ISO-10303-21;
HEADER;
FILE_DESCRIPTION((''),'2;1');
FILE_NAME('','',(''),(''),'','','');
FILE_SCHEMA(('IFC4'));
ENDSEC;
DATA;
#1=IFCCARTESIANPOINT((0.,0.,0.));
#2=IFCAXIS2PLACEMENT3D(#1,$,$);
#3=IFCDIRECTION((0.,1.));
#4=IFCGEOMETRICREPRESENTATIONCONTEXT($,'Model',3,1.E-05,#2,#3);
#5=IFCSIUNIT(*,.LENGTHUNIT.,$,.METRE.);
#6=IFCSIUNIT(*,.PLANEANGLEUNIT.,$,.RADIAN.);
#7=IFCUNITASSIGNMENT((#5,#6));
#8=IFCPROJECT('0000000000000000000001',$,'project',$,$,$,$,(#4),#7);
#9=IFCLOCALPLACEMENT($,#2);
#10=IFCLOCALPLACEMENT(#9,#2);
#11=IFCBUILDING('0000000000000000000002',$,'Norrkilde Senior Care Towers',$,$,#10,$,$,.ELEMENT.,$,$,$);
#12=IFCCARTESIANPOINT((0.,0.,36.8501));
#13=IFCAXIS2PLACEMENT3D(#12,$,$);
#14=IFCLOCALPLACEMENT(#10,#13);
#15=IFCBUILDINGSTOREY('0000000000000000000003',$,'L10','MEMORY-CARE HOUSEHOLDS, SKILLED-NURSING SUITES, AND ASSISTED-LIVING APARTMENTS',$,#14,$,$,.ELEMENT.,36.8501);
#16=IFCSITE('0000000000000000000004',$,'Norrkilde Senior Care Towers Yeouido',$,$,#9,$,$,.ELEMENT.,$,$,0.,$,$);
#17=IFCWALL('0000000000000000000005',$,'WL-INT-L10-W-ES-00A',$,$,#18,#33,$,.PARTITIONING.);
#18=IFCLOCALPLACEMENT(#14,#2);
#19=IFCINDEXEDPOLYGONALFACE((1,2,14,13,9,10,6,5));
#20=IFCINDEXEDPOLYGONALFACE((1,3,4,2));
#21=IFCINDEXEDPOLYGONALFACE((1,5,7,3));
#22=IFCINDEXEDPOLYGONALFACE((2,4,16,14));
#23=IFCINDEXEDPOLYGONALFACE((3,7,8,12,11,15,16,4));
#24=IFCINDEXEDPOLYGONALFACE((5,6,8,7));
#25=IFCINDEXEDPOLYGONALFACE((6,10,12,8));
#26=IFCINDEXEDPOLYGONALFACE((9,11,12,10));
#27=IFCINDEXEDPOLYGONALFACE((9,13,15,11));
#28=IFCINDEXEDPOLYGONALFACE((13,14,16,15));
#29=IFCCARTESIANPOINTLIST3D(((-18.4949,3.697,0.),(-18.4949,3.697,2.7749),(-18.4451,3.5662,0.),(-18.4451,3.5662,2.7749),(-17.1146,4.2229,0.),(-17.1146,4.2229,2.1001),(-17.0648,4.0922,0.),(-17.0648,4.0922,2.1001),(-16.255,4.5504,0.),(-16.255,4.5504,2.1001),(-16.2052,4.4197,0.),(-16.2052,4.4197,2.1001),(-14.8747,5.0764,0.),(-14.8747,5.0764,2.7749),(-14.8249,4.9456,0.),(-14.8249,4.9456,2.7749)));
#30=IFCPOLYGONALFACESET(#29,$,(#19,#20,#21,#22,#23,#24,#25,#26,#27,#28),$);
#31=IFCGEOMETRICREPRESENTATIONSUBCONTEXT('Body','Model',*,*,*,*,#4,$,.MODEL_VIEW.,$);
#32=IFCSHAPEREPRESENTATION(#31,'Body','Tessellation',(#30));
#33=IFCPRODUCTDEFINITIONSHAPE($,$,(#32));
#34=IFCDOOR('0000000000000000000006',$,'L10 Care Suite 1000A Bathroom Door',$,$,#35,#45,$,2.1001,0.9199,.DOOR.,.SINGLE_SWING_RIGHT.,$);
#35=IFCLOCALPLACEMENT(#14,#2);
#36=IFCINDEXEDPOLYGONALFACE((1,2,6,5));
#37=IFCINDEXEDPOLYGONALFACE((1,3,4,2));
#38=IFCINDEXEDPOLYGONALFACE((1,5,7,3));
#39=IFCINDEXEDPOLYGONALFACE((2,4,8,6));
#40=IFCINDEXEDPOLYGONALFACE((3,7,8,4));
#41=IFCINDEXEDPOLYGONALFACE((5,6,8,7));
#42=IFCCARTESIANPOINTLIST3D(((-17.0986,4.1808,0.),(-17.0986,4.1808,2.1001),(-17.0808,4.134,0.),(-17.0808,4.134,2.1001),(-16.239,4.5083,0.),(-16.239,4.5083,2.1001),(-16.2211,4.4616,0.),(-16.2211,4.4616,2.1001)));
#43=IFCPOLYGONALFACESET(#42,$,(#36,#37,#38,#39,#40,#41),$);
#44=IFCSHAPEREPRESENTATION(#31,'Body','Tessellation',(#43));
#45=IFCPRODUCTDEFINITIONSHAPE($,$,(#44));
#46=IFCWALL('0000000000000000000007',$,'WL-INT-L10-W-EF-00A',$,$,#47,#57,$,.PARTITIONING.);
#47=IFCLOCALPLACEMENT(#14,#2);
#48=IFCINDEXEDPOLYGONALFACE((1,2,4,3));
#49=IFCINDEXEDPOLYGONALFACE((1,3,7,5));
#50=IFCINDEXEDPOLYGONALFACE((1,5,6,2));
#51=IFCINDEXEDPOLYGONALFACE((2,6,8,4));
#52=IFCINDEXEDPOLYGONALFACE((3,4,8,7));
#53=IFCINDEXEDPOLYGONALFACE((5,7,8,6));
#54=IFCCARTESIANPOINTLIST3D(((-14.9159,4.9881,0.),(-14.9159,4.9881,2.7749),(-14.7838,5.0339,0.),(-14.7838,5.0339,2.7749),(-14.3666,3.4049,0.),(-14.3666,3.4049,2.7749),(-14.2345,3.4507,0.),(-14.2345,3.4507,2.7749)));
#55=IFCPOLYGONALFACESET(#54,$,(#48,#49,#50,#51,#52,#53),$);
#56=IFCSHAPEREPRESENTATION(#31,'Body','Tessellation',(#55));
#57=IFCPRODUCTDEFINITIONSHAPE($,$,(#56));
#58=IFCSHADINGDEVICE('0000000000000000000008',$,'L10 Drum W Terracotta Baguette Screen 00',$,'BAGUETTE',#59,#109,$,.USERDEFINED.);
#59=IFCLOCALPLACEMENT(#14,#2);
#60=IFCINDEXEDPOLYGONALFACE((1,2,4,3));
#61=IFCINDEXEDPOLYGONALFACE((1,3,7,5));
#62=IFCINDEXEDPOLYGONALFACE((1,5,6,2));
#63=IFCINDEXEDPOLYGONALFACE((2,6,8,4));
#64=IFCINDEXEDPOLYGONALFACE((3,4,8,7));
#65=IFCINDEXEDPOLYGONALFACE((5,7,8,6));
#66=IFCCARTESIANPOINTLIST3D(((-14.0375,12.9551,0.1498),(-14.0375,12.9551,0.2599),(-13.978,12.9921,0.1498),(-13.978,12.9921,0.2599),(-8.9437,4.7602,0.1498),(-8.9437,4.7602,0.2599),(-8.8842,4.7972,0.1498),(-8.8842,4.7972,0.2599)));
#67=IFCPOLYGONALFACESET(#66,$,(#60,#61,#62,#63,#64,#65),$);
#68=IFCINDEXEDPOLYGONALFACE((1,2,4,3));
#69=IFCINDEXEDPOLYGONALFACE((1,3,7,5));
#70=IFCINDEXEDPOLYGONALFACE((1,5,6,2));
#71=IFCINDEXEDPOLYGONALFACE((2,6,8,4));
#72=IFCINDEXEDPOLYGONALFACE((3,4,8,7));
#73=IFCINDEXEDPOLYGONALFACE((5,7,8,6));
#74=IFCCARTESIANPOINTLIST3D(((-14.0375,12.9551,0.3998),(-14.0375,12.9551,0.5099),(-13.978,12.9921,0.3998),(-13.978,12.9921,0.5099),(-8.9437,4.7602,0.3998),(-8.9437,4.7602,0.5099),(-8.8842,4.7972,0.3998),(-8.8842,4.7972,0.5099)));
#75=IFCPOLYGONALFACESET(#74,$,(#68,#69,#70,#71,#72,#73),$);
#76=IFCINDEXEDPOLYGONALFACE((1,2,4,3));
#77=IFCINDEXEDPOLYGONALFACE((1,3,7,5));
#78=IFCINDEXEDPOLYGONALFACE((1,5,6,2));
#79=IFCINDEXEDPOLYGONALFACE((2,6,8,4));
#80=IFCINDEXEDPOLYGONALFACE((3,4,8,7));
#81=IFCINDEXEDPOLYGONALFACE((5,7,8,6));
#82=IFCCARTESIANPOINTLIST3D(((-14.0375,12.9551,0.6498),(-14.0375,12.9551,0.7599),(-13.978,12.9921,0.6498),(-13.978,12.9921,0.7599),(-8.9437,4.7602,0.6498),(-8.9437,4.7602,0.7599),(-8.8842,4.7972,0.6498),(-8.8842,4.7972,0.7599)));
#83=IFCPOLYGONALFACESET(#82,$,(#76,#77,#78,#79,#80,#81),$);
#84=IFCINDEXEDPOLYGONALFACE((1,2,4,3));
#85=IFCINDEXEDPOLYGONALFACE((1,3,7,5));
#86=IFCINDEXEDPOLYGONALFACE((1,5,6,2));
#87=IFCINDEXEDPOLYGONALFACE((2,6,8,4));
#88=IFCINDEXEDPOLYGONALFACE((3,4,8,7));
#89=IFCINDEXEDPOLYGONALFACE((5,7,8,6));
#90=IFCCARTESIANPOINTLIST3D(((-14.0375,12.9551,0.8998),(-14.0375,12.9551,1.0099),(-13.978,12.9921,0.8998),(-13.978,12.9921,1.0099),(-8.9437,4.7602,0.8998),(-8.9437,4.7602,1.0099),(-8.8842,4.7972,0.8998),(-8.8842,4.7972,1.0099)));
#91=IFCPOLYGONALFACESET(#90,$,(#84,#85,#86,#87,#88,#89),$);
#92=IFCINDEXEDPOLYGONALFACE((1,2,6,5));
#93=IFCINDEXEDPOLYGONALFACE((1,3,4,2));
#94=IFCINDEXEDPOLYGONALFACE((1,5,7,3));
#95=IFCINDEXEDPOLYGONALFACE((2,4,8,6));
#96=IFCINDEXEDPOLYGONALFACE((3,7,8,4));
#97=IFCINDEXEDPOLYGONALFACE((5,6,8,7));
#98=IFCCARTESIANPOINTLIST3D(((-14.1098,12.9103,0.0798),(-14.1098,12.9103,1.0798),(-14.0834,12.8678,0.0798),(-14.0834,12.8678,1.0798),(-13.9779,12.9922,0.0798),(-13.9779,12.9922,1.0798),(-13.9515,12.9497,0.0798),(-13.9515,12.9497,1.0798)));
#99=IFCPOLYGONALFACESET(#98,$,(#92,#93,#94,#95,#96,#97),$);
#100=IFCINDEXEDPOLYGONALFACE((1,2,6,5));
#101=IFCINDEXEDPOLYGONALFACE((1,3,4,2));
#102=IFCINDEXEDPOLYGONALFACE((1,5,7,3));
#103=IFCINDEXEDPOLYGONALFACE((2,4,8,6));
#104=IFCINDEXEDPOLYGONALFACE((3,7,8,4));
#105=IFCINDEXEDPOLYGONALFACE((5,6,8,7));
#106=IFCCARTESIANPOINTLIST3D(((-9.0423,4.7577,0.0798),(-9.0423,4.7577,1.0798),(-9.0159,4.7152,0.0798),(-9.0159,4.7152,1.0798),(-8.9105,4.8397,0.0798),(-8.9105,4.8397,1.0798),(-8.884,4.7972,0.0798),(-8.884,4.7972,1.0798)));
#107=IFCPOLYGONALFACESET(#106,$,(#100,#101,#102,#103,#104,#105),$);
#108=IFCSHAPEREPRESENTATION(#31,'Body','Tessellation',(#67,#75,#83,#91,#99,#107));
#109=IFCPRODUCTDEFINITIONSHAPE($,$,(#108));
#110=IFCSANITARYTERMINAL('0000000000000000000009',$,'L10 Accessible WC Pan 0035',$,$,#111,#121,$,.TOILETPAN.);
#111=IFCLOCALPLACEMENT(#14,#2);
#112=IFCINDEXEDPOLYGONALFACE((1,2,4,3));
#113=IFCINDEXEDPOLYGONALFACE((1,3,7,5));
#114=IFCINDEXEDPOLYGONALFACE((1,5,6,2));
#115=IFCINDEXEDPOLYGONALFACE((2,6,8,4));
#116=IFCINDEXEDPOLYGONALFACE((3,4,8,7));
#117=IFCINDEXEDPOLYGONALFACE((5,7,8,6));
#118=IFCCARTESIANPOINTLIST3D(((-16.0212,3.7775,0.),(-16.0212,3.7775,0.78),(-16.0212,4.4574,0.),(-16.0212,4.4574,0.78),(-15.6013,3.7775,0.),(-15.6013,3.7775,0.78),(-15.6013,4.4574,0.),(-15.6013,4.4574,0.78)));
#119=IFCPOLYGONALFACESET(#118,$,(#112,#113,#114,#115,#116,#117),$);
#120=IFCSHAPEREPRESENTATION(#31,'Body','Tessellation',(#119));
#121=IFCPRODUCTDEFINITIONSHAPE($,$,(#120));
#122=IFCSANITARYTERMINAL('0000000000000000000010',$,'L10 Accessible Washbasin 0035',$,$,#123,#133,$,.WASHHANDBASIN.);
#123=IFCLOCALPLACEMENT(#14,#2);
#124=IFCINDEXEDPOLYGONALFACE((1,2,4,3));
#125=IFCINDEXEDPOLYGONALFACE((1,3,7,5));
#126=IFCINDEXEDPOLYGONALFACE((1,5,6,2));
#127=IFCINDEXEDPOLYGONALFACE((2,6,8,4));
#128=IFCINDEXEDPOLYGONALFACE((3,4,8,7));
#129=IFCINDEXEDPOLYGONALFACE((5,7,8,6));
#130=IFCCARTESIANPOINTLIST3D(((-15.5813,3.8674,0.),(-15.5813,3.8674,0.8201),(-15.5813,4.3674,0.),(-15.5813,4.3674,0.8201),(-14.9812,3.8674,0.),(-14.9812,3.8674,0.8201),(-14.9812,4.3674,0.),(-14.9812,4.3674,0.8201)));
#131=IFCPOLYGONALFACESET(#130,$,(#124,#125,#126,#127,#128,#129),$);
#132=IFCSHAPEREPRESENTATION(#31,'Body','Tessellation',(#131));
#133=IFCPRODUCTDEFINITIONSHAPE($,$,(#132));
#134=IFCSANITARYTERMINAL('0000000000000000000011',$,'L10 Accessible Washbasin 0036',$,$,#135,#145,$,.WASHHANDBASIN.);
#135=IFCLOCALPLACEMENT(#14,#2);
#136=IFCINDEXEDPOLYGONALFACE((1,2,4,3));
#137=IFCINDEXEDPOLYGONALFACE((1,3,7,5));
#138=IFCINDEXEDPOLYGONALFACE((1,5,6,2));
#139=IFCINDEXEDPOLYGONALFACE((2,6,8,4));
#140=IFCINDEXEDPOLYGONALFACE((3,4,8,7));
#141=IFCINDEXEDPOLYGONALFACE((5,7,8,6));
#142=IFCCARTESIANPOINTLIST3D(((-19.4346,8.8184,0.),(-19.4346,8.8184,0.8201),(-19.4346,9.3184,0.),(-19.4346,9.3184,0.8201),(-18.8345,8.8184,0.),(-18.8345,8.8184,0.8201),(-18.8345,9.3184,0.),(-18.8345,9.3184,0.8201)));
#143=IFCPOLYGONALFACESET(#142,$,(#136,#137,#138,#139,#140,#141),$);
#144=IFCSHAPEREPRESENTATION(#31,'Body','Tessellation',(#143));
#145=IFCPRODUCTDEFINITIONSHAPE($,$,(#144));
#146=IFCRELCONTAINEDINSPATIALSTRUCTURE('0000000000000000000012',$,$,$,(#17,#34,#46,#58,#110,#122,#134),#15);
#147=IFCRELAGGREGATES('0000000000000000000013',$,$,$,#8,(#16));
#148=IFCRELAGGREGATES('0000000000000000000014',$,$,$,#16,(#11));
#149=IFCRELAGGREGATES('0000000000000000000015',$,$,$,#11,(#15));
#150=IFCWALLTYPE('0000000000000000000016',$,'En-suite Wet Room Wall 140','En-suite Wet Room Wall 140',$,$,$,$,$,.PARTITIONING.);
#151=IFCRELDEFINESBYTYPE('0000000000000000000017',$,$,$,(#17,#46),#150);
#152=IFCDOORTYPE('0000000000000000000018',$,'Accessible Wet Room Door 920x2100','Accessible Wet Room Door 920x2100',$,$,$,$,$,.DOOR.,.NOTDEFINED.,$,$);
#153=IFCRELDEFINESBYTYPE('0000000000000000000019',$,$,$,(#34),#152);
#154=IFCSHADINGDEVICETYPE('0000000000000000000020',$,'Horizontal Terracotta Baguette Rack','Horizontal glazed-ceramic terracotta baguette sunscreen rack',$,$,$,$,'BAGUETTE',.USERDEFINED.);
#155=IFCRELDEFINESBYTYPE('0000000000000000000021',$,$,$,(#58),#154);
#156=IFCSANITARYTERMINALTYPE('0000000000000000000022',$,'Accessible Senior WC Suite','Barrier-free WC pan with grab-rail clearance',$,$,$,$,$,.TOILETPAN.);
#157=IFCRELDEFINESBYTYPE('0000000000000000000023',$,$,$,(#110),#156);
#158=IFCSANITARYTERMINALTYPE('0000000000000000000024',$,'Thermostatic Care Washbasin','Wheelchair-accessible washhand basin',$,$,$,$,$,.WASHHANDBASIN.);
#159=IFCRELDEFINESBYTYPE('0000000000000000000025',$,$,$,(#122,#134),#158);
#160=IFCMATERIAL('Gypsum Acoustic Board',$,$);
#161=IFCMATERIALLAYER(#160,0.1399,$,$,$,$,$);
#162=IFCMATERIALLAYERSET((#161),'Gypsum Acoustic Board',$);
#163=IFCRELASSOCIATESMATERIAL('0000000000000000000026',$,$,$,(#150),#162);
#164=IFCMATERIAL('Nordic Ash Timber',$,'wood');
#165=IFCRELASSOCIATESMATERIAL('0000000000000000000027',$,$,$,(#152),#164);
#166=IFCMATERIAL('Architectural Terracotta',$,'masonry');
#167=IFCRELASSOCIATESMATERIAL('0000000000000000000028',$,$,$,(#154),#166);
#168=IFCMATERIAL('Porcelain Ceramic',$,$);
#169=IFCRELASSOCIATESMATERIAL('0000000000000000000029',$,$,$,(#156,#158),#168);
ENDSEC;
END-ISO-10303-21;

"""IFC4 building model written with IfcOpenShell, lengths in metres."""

from ifc_helpers import new_model, si_unit, direction, frame, frame_2d, origin, origin_2d, place, context, subcontext, project, spatial, rectangle, extrude, source, transform, mapped, material, layer, layer_set, type_object, type_shapes, element, fill, save


model = new_model("IFC4")

# Units and contexts
model_context = context("Model", 3, precision=1e-05, world=origin(), true_north=direction((0.0, 1.0)))
body_context = subcontext(model_context, "Body", "Model", "MODEL_VIEW")
ifc_project = project(units=[si_unit("LENGTHUNIT", "METRE"), si_unit("PLANEANGLEUNIT", "RADIAN")], contexts=[model_context])

# Site, building, storey
site_placement = place(None, origin())
site = spatial("IfcSite", under=ifc_project, at=site_placement, Name="Norrkilde Senior Care Towers Yeouido", CompositionType="ELEMENT", RefElevation=0.0)
building_placement = place(site_placement, origin())
building = spatial("IfcBuilding", under=site, at=building_placement, Name="Norrkilde Senior Care Towers", CompositionType="ELEMENT")
storey_placement = place(building_placement, frame((0.0, 0.0, 36.8501)))
storey = spatial("IfcBuildingStorey", under=building, at=storey_placement, Name="L10", Description="MEMORY-CARE HOUSEHOLDS, SKILLED-NURSING SUITES, AND ASSISTED-LIVING APARTMENTS", CompositionType="ELEMENT", Elevation=36.8501)

# Shared definitions
ifc_material_1 = material(Name="Gypsum Acoustic Board")
ifc_material_2 = material(Name="Nordic Ash Timber", Category="wood")

# Shared definitions
ifc_layer_1 = layer(ifc_material_1, 0.1399)
ifc_layer_set_1 = layer_set([ifc_layer_1], Name="Gypsum Acoustic Board")
wall_type_1 = type_object("IfcWallType", Name="En-suite Wet Room Wall 140", Description="En-suite Wet Room Wall 140", PredefinedType="PARTITIONING", material=ifc_layer_set_1)

# Wall, opening, door
shared_shape_1 = source(origin(), body_context, "Body", "SweptSolid", [
    extrude(rectangle(XDim=3.874, YDim=0.1399, at=frame_2d((1.937, 0.0))), origin(), (0.0, 0.0, 1.0), 2.7749),
])
wall_1_placement = place(storey_placement, frame((-18.47, 3.6316, 0.0), z_axis=(0.0, 0.0, 1.0), x_axis=(0.934462, 0.356063, 0.0)))
wall_1 = element("IfcWall", 1, at=wall_1_placement, inside=storey, type_object=wall_type_1, Name="WL-INT-L10-W-ES-00A", PredefinedType="PARTITIONING", context=body_context, shape_type="MappedRepresentation", body=[
    mapped(shared_shape_1, transform((0.0, 0.0, 0.0), x_axis=(1.0, 0.0, 0.0), y_axis=(0.0, 1.0, 0.0), z_axis=(0.0, 0.0, 1.0), scale=1.0)),
])
opening_1_placement = place(wall_1_placement, frame((1.4771, 0.0, 0.0)))
opening_1 = element("IfcOpeningElement", 2, at=opening_1_placement, cuts=wall_1, PredefinedType="OPENING", context=body_context, shape_type="SweptSolid", body=[
    extrude(rectangle(XDim=0.9199, YDim=2.1001, at=frame_2d((0.46, 1.05))), frame((0.0, 0.0798, 0.0), z_axis=(0.0, -1.0, 0.0), x_axis=(1.0, 0.0, 0.0)), (0.0, 0.0, 1.0), 0.1599),
])
door_type_1 = type_object("IfcDoorType", Name="Accessible Wet Room Door 920x2100", Description="Accessible Wet Room Door 920x2100", OperationType="NOTDEFINED", PredefinedType="DOOR", material=ifc_material_2)
shared_shape_2 = source(origin(), body_context, "Body", "SweptSolid", [
    extrude(rectangle(XDim=0.9199, YDim=2.1001, at=frame_2d((0.46, 1.05))), frame((0.0, 0.0249, 0.0), z_axis=(0.0, -1.0, 0.0), x_axis=(1.0, 0.0, 0.0)), (0.0, 0.0, 1.0), 0.05),
])
type_shapes(door_type_1, [shared_shape_2])
door_1_placement = place(opening_1_placement, origin())
door_1 = element("IfcDoor", 3, at=door_1_placement, inside=storey, type_object=door_type_1, Name="L10 Care Suite 1000A Bathroom Door", OperationType="SINGLE_SWING_RIGHT", OverallHeight=2.1001, OverallWidth=0.9199, PredefinedType="DOOR", context=body_context, shape_type="MappedRepresentation", body=[
    mapped(shared_shape_2, transform((0.0, 0.0, 0.0), x_axis=(1.0, 0.0, 0.0), y_axis=(0.0, 1.0, 0.0), z_axis=(0.0, 0.0, 1.0), scale=1.0)),
])
fill(opening_1, door_1)

# Wall
shared_shape_3 = source(origin(), body_context, "Body", "SweptSolid", [
    extrude(rectangle(XDim=1.6758, YDim=0.1399, at=frame_2d((0.8379, 0.0))), origin(), (0.0, 0.0, 1.0), 2.7749),
])
wall_2_placement = place(storey_placement, frame((-14.8499, 5.011, 0.0), z_axis=(0.0, 0.0, 1.0), x_axis=(0.327786, -0.944752, 0.0)))
element("IfcWall", 4, at=wall_2_placement, inside=storey, type_object=wall_type_1, Name="WL-INT-L10-W-EF-00A", PredefinedType="PARTITIONING", context=body_context, shape_type="MappedRepresentation", body=[
    mapped(shared_shape_3, transform((0.0, 0.0, 0.0), x_axis=(1.0, 0.0, 0.0), y_axis=(0.0, 1.0, 0.0), z_axis=(0.0, 0.0, 1.0), scale=1.0)),
])

# Shading device
ifc_material_3 = material(Name="Architectural Terracotta", Category="masonry")
shading_device_type = type_object("IfcShadingDeviceType", Name="Horizontal Terracotta Baguette Rack", Description="Horizontal glazed-ceramic terracotta baguette sunscreen rack", ElementType="BAGUETTE", PredefinedType="USERDEFINED", material=ifc_material_3)
shared_shape_4 = source(origin(), body_context, "Body", "SweptSolid", [
    extrude(rectangle(XDim=0.0701, YDim=0.1101, at=origin_2d()), frame((0.0, 0.0901, 0.125), z_axis=(1.0, 0.0, 0.0), x_axis=(0.0, 1.0, 0.0)), (0.0, 0.0, 1.0), 9.6489),
    extrude(rectangle(XDim=0.0701, YDim=0.1101, at=origin_2d()), frame((0.0, 0.0901, 0.375), z_axis=(1.0, 0.0, 0.0), x_axis=(0.0, 1.0, 0.0)), (0.0, 0.0, 1.0), 9.6489),
    extrude(rectangle(XDim=0.0701, YDim=0.1101, at=origin_2d()), frame((0.0, 0.0901, 0.625), z_axis=(1.0, 0.0, 0.0), x_axis=(0.0, 1.0, 0.0)), (0.0, 0.0, 1.0), 9.6489),
    extrude(rectangle(XDim=0.0701, YDim=0.1101, at=origin_2d()), frame((0.0, 0.0901, 0.875), z_axis=(1.0, 0.0, 0.0), x_axis=(0.0, 1.0, 0.0)), (0.0, 0.0, 1.0), 9.6489),
    extrude(rectangle(XDim=0.05, YDim=0.1553, at=origin_2d()), frame((0.0249, 0.0476, 0.0)), (0.0, 0.0, 1.0), 1.0),
    extrude(rectangle(XDim=0.05, YDim=0.1553, at=origin_2d()), frame((9.624, 0.0476, 0.0)), (0.0, 0.0, 1.0), 1.0),
])
type_shapes(shading_device_type, [shared_shape_4])
shading_device_placement = place(storey_placement, frame((-14.0842, 12.926, 0.0798), z_axis=(0.0, 0.0, 1.0), x_axis=(0.527909, -0.849299, 0.0)))
element("IfcShadingDevice", 5, at=shading_device_placement, inside=storey, type_object=shading_device_type, Name="L10 Drum W Terracotta Baguette Screen 00", ObjectType="BAGUETTE", PredefinedType="USERDEFINED", context=body_context, shape_type="MappedRepresentation", body=[
    mapped(shared_shape_4, transform((0.0, 0.0, 0.0), x_axis=(1.0, 0.0, 0.0), y_axis=(0.0, 1.0, 0.0), z_axis=(0.0, 0.0, 1.0), scale=1.0)),
])

# Sanitary terminals
ifc_material_4 = material(Name="Porcelain Ceramic")
sanitary_terminal_type_1 = type_object("IfcSanitaryTerminalType", Name="Accessible Senior WC Suite", Description="Barrier-free WC pan with grab-rail clearance", PredefinedType="TOILETPAN", material=ifc_material_4)
shared_shape_5 = source(origin(), body_context, "Body", "SweptSolid", [
    extrude(rectangle(XDim=0.4199, YDim=0.6799, at=origin_2d()), origin(), (0.0, 0.0, 1.0), 0.78),
])
type_shapes(sanitary_terminal_type_1, [shared_shape_5])
sanitary_terminal_placement = place(storey_placement, frame((-15.8113, 4.1174, 0.0), z_axis=(0.0, 0.0, 1.0), x_axis=(1.0, 0.0, 0.0)))
element("IfcSanitaryTerminal", 6, at=sanitary_terminal_placement, inside=storey, type_object=sanitary_terminal_type_1, Name="L10 Accessible WC Pan 0035", PredefinedType="TOILETPAN", context=body_context, shape_type="MappedRepresentation", body=[
    mapped(shared_shape_5, transform((0.0, 0.0, 0.0), x_axis=(1.0, 0.0, 0.0), y_axis=(0.0, 1.0, 0.0), z_axis=(0.0, 0.0, 1.0), scale=1.0)),
])
sanitary_terminal_type_2 = type_object("IfcSanitaryTerminalType", Name="Thermostatic Care Washbasin", Description="Wheelchair-accessible washhand basin", PredefinedType="WASHHANDBASIN", material=ifc_material_4)
shared_shape_6 = source(origin(), body_context, "Body", "SweptSolid", [
    extrude(rectangle(XDim=0.6001, YDim=0.5, at=origin_2d()), origin(), (0.0, 0.0, 1.0), 0.8201),
])
type_shapes(sanitary_terminal_type_2, [shared_shape_6])
for number, where, z_axis, x_axis, name in (
    (7, (-15.2812, 4.1174, 0.0), (0.0, 0.0, 1.0), (1.0, 0.0, 0.0), "L10 Accessible Washbasin 0035"),
    (8, (-19.1345, 9.0684, 0.0), (0.0, 0.0, 1.0), (1.0, 0.0, 0.0), "L10 Accessible Washbasin 0036"),
):
    element("IfcSanitaryTerminal", number, at=place(storey_placement, frame(where, z_axis=z_axis, x_axis=x_axis)), inside=storey, type_object=sanitary_terminal_type_2, Name=name, PredefinedType="WASHHANDBASIN", context=body_context, shape_type="MappedRepresentation", body=[
        mapped(shared_shape_6, transform((0.0, 0.0, 0.0), x_axis=(1.0, 0.0, 0.0), y_axis=(0.0, 1.0, 0.0), z_axis=(0.0, 0.0, 1.0), scale=1.0)),
    ])

save(model, "model.ifc")
